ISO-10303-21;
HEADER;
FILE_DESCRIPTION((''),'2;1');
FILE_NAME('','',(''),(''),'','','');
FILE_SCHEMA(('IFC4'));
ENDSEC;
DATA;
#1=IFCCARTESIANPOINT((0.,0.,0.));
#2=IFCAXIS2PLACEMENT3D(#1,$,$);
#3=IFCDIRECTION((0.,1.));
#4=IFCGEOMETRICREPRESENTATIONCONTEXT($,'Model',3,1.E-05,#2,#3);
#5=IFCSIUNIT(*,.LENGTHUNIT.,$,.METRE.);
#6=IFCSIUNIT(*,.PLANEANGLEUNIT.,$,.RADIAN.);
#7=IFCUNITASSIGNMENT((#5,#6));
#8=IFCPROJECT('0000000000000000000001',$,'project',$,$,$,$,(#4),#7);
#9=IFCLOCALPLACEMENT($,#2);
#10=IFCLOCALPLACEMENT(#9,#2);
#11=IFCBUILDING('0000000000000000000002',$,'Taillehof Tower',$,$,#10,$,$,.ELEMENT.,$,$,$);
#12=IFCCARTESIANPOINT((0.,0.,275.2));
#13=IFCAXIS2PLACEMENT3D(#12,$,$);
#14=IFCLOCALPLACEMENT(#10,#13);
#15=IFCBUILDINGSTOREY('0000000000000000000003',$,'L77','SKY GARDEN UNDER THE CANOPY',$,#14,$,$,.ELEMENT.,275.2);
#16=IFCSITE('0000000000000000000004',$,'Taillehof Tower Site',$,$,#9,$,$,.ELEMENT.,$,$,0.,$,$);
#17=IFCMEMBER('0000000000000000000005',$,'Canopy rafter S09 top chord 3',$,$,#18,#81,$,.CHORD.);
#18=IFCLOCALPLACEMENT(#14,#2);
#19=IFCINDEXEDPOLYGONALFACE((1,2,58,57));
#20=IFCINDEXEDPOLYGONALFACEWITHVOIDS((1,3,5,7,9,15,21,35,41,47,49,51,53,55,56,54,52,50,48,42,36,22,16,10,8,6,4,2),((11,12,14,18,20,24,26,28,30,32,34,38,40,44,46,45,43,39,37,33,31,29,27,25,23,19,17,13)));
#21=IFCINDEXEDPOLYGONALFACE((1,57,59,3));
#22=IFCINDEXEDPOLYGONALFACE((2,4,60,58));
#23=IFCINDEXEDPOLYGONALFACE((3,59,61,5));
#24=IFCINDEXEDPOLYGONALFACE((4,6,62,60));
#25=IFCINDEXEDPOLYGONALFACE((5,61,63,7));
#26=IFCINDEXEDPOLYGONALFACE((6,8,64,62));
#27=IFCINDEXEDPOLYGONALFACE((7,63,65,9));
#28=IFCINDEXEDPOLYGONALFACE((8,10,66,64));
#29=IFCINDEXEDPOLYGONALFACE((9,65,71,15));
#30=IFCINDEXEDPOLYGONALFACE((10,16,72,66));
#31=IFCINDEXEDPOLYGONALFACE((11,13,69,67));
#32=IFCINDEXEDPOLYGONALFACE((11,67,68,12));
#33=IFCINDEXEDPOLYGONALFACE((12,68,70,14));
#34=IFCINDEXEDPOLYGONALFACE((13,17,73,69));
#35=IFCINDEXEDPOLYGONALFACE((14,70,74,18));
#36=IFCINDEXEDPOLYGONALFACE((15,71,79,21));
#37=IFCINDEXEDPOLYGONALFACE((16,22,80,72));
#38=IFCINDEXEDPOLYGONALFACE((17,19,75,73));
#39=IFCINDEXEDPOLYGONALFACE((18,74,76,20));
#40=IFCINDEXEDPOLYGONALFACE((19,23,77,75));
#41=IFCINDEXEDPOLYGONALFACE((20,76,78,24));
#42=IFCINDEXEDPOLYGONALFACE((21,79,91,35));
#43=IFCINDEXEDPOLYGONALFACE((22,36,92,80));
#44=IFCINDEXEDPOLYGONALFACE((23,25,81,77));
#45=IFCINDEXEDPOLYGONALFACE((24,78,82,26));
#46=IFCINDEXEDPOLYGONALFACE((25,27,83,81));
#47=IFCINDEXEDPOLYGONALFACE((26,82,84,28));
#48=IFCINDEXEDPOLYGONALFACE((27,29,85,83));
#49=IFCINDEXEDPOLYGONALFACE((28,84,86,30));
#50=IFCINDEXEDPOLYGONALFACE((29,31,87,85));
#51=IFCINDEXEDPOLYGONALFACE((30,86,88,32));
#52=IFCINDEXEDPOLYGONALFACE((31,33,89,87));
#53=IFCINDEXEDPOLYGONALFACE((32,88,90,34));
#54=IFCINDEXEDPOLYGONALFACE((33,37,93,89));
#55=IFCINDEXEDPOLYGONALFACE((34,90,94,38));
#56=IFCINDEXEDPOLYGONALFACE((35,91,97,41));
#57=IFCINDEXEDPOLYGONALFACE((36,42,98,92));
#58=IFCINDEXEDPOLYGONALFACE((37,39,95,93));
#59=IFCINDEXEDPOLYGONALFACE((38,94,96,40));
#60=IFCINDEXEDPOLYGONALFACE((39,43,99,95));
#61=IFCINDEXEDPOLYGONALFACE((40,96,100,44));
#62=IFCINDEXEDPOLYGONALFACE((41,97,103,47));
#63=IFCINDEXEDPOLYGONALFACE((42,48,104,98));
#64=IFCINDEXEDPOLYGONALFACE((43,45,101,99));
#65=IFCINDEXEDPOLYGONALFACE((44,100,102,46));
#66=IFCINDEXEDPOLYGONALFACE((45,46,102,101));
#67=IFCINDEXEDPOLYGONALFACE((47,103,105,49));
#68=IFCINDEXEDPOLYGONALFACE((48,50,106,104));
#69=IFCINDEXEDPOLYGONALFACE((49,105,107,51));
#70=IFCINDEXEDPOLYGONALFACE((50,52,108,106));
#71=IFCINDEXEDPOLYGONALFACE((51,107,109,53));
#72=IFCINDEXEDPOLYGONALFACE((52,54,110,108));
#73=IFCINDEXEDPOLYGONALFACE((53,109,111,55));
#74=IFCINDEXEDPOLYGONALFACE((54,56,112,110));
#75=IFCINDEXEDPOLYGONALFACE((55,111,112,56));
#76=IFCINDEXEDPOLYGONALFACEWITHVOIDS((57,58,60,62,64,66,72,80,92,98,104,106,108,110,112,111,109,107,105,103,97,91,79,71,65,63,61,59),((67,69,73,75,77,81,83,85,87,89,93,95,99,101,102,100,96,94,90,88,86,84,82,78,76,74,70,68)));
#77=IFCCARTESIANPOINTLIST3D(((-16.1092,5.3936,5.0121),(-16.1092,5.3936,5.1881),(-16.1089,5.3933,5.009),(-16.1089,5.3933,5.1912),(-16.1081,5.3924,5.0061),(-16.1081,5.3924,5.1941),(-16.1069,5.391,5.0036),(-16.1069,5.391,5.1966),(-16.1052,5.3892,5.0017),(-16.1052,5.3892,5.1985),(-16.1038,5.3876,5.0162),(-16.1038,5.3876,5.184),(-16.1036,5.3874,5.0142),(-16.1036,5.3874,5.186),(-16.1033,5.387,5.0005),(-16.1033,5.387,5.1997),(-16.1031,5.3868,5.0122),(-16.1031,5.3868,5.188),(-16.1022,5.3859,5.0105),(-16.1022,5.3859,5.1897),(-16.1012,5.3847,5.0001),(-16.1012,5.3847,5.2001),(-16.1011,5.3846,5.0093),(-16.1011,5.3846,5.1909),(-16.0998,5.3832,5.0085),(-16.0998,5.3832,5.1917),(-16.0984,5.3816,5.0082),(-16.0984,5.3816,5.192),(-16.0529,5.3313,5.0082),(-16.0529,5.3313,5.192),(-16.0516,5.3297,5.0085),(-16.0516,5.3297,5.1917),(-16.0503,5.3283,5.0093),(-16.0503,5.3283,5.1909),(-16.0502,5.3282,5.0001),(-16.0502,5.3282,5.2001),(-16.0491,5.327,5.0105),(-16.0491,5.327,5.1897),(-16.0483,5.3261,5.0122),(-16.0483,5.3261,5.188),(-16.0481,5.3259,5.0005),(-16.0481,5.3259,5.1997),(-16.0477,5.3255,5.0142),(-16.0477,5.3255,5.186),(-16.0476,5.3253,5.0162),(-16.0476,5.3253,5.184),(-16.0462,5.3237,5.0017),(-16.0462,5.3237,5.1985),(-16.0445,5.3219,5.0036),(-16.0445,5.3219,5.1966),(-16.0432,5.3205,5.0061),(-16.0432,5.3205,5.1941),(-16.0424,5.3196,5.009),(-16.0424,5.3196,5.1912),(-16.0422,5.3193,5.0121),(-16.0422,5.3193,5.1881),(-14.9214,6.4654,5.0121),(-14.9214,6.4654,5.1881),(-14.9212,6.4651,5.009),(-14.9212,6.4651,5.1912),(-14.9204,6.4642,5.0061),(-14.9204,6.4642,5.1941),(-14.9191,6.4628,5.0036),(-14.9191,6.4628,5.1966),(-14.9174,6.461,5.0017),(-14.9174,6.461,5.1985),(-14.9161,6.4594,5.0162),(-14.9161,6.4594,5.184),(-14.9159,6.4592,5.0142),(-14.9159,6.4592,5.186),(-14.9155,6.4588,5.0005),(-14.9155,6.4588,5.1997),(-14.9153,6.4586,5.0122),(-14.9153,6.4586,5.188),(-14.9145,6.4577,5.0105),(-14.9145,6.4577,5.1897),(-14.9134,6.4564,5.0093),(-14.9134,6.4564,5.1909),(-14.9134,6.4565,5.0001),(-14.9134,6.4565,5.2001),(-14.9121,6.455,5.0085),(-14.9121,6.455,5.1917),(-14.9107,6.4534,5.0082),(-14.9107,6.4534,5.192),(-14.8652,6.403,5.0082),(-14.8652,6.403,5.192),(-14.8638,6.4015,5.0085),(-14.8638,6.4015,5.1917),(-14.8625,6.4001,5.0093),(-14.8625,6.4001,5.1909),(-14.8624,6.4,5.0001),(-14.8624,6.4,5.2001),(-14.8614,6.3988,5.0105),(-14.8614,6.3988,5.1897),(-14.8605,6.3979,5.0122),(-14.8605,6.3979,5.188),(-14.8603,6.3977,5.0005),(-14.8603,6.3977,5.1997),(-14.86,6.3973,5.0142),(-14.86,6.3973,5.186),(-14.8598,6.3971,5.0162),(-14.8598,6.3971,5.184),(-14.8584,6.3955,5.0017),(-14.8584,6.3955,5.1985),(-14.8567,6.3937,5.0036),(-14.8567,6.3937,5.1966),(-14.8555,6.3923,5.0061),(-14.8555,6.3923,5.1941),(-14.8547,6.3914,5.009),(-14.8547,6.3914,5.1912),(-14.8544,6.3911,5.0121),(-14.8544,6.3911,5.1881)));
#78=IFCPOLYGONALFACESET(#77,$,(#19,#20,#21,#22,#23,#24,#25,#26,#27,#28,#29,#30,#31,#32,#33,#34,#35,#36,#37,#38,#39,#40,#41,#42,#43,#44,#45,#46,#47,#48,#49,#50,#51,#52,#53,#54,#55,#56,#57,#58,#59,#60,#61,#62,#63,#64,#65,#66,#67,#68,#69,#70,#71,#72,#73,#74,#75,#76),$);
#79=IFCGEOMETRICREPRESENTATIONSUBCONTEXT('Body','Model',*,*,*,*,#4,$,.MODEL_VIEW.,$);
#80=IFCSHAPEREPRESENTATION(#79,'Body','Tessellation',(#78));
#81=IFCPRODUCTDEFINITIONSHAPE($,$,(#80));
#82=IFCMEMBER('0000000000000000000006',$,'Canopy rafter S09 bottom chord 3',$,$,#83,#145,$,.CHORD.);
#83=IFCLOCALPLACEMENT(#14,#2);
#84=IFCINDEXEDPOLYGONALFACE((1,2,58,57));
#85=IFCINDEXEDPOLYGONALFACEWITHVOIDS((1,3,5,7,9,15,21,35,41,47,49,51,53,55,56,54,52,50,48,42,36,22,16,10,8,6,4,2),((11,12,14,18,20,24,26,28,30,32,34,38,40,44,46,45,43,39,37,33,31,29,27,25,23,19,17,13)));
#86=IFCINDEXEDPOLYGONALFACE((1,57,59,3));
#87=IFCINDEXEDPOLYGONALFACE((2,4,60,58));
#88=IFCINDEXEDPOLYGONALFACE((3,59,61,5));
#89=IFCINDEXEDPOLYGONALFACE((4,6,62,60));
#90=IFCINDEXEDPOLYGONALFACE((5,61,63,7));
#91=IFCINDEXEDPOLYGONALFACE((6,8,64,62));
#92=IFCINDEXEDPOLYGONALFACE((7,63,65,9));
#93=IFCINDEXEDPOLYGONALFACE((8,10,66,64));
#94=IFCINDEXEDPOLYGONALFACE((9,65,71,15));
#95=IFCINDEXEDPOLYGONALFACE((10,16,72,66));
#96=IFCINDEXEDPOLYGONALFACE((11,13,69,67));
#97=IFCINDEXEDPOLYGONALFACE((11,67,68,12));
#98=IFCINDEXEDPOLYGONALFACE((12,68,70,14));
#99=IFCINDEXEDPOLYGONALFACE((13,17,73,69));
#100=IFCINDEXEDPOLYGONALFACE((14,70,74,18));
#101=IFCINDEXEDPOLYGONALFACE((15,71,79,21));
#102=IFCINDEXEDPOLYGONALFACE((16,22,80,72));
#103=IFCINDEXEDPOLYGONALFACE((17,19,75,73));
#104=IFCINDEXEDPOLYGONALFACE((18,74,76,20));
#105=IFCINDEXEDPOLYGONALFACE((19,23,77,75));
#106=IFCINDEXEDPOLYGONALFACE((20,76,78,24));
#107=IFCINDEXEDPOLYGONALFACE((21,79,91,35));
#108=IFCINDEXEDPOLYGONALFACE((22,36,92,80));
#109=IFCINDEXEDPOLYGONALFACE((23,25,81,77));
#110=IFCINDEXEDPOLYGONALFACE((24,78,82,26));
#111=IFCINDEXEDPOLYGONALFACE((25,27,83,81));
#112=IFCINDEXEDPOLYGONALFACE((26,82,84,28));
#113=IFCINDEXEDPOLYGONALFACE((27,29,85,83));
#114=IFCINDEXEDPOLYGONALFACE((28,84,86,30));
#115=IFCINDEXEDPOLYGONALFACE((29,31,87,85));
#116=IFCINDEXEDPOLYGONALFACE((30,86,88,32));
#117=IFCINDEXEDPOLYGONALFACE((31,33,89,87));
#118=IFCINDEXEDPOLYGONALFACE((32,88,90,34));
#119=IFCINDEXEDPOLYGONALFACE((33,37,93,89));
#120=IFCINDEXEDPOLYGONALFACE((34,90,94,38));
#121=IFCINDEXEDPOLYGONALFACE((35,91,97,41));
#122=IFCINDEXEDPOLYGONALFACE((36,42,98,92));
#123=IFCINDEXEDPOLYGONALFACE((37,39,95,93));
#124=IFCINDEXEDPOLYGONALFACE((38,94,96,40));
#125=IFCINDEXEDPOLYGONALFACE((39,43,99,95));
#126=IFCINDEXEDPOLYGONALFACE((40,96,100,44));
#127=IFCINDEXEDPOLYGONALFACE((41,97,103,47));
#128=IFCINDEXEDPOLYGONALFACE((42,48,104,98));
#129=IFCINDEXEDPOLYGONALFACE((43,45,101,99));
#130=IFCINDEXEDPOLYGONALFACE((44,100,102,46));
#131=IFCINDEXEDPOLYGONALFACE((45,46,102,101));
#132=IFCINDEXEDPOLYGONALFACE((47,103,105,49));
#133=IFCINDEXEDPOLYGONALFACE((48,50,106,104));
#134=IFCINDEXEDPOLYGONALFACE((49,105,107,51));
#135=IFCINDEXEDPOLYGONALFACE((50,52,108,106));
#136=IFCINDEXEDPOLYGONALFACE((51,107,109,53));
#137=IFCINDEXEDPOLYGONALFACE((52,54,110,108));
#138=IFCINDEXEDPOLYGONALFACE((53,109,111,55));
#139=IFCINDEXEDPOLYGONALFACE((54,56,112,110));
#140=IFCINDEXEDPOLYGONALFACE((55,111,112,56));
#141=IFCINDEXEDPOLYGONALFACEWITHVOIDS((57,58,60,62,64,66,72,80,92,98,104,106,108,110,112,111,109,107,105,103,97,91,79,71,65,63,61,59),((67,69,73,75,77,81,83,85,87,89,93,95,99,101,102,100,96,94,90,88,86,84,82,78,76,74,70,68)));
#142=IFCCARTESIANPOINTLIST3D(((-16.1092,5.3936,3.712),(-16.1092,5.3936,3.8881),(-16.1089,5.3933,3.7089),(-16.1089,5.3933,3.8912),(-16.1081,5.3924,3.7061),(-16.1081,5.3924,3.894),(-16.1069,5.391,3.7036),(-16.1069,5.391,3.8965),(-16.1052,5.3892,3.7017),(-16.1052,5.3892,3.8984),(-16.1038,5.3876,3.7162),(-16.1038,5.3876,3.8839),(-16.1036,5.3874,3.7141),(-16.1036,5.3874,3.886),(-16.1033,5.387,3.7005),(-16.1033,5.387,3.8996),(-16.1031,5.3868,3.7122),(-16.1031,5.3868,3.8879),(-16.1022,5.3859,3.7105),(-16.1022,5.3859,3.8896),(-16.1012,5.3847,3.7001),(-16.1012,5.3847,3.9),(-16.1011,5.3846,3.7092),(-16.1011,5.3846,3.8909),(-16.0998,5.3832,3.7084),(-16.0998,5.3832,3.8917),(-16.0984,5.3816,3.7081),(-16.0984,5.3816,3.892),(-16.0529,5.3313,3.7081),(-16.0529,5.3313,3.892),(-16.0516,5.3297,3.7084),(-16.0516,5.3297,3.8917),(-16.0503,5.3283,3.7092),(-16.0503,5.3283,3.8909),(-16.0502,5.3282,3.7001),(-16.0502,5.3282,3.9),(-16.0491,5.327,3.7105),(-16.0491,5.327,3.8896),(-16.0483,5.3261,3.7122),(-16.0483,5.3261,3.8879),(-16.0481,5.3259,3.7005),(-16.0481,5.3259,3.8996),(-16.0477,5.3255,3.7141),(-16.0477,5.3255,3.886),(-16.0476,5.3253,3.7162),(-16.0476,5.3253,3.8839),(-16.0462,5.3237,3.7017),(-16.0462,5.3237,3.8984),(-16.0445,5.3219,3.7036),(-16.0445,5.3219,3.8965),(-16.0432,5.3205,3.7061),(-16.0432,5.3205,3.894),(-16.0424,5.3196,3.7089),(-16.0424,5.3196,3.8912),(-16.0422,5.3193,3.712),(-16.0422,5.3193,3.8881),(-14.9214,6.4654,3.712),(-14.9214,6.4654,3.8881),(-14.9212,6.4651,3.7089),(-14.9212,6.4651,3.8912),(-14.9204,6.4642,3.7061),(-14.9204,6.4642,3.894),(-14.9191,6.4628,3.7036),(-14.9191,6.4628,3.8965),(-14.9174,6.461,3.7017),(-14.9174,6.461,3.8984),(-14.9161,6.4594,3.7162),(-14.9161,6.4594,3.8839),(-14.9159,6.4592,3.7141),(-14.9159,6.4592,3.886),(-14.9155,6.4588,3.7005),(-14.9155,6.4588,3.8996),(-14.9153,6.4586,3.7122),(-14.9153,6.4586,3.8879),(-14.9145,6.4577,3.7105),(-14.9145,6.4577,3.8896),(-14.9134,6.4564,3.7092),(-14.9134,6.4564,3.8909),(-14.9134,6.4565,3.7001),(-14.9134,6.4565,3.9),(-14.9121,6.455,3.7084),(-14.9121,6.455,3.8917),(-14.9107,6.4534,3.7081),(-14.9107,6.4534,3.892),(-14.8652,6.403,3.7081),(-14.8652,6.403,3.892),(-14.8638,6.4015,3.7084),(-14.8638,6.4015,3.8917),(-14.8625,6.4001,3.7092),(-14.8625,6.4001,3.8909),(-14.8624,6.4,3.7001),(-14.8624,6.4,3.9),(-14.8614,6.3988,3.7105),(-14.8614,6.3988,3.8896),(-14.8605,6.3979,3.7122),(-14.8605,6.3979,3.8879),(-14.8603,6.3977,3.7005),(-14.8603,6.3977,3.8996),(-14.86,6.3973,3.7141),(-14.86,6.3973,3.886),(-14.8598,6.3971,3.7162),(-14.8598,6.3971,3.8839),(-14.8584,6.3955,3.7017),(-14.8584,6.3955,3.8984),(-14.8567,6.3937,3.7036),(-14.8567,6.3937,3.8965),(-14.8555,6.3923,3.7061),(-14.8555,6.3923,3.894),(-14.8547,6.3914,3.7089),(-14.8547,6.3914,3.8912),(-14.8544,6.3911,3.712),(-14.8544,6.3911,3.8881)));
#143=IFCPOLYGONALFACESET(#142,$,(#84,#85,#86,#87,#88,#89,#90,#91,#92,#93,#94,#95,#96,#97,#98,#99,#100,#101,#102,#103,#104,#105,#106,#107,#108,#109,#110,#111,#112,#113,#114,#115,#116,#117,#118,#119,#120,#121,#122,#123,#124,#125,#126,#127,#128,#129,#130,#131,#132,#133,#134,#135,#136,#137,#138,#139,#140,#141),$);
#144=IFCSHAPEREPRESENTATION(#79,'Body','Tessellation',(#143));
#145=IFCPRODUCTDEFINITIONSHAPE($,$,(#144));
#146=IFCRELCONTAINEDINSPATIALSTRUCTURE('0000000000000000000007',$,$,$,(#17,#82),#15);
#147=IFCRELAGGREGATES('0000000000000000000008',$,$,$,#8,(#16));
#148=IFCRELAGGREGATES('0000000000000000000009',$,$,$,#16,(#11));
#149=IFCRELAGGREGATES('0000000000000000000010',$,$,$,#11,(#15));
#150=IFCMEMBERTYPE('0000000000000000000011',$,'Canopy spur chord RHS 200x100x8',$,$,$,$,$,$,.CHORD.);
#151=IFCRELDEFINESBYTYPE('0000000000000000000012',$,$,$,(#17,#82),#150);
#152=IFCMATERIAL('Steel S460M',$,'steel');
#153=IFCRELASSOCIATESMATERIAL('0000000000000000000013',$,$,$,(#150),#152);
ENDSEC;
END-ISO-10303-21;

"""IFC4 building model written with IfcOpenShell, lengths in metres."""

from ifc_helpers import new_model, si_unit, direction, frame, origin, origin_2d, place, context, subcontext, project, spatial, hollow_rectangle, extrude, material, material_profile, profile_set, type_object, element, save


model = new_model("IFC4")

# Units and contexts
model_context = context("Model", 3, precision=1e-05, world=origin(), true_north=direction((0.0, 1.0)))
body_context = subcontext(model_context, "Body", "Model", "MODEL_VIEW")
ifc_project = project(units=[si_unit("LENGTHUNIT", "METRE"), si_unit("PLANEANGLEUNIT", "RADIAN")], contexts=[model_context])

# Site, building, storey
site_placement = place(None, origin())
site = spatial("IfcSite", under=ifc_project, at=site_placement, Name="Taillehof Tower Site", CompositionType="ELEMENT", RefElevation=0.0)
building_placement = place(site_placement, origin())
building = spatial("IfcBuilding", under=site, at=building_placement, Name="Taillehof Tower", CompositionType="ELEMENT")
storey_placement = place(building_placement, frame((0.0, 0.0, 275.2)))
storey = spatial("IfcBuildingStorey", under=building, at=storey_placement, Name="L77", Description="SKY GARDEN UNDER THE CANOPY", CompositionType="ELEMENT", Elevation=275.2)

# Members
ifc_material_1 = material(Name="Steel S460M", Category="steel")
ifc_material_profile_1 = material_profile(ifc_material_1, hollow_rectangle(XDim=0.1001, YDim=0.2, WallThickness=0.0081, InnerFilletRadius=0.0081, OuterFilletRadius=0.012, at=origin_2d()), Name="RHS 200x100x8")
ifc_profile_set_1 = profile_set([ifc_material_profile_1], Name="Steel S460M")
member_type_1 = type_object("IfcMemberType", Name="Canopy spur chord RHS 200x100x8", PredefinedType="CHORD", material=ifc_profile_set_1)
for number, where, z_axis, x_axis, name in (
    (1, (-16.0757, 5.3564, 5.1001), (0.742421, 0.669934, 0.0), (-0.669934, 0.742421, 0.0), "Canopy rafter S09 top chord 3"),
    (2, (-16.0757, 5.3564, 3.8), (0.742421, 0.669934, 0.0), (-0.669934, 0.742421, 0.0), "Canopy rafter S09 bottom chord 3"),
):
    element("IfcMember", number, at=place(storey_placement, frame(where, z_axis=z_axis, x_axis=x_axis)), inside=storey, type_object=member_type_1, Name=name, PredefinedType="CHORD", context=body_context, shape_type="SweptSolid", body=[
        extrude(hollow_rectangle(XDim=0.1001, YDim=0.2, WallThickness=0.0081, InnerFilletRadius=0.0081, OuterFilletRadius=0.012, at=origin_2d()), origin(), (0.0, 0.0, 1.0), 1.5999),
    ])

save(model, "model.ifc")
